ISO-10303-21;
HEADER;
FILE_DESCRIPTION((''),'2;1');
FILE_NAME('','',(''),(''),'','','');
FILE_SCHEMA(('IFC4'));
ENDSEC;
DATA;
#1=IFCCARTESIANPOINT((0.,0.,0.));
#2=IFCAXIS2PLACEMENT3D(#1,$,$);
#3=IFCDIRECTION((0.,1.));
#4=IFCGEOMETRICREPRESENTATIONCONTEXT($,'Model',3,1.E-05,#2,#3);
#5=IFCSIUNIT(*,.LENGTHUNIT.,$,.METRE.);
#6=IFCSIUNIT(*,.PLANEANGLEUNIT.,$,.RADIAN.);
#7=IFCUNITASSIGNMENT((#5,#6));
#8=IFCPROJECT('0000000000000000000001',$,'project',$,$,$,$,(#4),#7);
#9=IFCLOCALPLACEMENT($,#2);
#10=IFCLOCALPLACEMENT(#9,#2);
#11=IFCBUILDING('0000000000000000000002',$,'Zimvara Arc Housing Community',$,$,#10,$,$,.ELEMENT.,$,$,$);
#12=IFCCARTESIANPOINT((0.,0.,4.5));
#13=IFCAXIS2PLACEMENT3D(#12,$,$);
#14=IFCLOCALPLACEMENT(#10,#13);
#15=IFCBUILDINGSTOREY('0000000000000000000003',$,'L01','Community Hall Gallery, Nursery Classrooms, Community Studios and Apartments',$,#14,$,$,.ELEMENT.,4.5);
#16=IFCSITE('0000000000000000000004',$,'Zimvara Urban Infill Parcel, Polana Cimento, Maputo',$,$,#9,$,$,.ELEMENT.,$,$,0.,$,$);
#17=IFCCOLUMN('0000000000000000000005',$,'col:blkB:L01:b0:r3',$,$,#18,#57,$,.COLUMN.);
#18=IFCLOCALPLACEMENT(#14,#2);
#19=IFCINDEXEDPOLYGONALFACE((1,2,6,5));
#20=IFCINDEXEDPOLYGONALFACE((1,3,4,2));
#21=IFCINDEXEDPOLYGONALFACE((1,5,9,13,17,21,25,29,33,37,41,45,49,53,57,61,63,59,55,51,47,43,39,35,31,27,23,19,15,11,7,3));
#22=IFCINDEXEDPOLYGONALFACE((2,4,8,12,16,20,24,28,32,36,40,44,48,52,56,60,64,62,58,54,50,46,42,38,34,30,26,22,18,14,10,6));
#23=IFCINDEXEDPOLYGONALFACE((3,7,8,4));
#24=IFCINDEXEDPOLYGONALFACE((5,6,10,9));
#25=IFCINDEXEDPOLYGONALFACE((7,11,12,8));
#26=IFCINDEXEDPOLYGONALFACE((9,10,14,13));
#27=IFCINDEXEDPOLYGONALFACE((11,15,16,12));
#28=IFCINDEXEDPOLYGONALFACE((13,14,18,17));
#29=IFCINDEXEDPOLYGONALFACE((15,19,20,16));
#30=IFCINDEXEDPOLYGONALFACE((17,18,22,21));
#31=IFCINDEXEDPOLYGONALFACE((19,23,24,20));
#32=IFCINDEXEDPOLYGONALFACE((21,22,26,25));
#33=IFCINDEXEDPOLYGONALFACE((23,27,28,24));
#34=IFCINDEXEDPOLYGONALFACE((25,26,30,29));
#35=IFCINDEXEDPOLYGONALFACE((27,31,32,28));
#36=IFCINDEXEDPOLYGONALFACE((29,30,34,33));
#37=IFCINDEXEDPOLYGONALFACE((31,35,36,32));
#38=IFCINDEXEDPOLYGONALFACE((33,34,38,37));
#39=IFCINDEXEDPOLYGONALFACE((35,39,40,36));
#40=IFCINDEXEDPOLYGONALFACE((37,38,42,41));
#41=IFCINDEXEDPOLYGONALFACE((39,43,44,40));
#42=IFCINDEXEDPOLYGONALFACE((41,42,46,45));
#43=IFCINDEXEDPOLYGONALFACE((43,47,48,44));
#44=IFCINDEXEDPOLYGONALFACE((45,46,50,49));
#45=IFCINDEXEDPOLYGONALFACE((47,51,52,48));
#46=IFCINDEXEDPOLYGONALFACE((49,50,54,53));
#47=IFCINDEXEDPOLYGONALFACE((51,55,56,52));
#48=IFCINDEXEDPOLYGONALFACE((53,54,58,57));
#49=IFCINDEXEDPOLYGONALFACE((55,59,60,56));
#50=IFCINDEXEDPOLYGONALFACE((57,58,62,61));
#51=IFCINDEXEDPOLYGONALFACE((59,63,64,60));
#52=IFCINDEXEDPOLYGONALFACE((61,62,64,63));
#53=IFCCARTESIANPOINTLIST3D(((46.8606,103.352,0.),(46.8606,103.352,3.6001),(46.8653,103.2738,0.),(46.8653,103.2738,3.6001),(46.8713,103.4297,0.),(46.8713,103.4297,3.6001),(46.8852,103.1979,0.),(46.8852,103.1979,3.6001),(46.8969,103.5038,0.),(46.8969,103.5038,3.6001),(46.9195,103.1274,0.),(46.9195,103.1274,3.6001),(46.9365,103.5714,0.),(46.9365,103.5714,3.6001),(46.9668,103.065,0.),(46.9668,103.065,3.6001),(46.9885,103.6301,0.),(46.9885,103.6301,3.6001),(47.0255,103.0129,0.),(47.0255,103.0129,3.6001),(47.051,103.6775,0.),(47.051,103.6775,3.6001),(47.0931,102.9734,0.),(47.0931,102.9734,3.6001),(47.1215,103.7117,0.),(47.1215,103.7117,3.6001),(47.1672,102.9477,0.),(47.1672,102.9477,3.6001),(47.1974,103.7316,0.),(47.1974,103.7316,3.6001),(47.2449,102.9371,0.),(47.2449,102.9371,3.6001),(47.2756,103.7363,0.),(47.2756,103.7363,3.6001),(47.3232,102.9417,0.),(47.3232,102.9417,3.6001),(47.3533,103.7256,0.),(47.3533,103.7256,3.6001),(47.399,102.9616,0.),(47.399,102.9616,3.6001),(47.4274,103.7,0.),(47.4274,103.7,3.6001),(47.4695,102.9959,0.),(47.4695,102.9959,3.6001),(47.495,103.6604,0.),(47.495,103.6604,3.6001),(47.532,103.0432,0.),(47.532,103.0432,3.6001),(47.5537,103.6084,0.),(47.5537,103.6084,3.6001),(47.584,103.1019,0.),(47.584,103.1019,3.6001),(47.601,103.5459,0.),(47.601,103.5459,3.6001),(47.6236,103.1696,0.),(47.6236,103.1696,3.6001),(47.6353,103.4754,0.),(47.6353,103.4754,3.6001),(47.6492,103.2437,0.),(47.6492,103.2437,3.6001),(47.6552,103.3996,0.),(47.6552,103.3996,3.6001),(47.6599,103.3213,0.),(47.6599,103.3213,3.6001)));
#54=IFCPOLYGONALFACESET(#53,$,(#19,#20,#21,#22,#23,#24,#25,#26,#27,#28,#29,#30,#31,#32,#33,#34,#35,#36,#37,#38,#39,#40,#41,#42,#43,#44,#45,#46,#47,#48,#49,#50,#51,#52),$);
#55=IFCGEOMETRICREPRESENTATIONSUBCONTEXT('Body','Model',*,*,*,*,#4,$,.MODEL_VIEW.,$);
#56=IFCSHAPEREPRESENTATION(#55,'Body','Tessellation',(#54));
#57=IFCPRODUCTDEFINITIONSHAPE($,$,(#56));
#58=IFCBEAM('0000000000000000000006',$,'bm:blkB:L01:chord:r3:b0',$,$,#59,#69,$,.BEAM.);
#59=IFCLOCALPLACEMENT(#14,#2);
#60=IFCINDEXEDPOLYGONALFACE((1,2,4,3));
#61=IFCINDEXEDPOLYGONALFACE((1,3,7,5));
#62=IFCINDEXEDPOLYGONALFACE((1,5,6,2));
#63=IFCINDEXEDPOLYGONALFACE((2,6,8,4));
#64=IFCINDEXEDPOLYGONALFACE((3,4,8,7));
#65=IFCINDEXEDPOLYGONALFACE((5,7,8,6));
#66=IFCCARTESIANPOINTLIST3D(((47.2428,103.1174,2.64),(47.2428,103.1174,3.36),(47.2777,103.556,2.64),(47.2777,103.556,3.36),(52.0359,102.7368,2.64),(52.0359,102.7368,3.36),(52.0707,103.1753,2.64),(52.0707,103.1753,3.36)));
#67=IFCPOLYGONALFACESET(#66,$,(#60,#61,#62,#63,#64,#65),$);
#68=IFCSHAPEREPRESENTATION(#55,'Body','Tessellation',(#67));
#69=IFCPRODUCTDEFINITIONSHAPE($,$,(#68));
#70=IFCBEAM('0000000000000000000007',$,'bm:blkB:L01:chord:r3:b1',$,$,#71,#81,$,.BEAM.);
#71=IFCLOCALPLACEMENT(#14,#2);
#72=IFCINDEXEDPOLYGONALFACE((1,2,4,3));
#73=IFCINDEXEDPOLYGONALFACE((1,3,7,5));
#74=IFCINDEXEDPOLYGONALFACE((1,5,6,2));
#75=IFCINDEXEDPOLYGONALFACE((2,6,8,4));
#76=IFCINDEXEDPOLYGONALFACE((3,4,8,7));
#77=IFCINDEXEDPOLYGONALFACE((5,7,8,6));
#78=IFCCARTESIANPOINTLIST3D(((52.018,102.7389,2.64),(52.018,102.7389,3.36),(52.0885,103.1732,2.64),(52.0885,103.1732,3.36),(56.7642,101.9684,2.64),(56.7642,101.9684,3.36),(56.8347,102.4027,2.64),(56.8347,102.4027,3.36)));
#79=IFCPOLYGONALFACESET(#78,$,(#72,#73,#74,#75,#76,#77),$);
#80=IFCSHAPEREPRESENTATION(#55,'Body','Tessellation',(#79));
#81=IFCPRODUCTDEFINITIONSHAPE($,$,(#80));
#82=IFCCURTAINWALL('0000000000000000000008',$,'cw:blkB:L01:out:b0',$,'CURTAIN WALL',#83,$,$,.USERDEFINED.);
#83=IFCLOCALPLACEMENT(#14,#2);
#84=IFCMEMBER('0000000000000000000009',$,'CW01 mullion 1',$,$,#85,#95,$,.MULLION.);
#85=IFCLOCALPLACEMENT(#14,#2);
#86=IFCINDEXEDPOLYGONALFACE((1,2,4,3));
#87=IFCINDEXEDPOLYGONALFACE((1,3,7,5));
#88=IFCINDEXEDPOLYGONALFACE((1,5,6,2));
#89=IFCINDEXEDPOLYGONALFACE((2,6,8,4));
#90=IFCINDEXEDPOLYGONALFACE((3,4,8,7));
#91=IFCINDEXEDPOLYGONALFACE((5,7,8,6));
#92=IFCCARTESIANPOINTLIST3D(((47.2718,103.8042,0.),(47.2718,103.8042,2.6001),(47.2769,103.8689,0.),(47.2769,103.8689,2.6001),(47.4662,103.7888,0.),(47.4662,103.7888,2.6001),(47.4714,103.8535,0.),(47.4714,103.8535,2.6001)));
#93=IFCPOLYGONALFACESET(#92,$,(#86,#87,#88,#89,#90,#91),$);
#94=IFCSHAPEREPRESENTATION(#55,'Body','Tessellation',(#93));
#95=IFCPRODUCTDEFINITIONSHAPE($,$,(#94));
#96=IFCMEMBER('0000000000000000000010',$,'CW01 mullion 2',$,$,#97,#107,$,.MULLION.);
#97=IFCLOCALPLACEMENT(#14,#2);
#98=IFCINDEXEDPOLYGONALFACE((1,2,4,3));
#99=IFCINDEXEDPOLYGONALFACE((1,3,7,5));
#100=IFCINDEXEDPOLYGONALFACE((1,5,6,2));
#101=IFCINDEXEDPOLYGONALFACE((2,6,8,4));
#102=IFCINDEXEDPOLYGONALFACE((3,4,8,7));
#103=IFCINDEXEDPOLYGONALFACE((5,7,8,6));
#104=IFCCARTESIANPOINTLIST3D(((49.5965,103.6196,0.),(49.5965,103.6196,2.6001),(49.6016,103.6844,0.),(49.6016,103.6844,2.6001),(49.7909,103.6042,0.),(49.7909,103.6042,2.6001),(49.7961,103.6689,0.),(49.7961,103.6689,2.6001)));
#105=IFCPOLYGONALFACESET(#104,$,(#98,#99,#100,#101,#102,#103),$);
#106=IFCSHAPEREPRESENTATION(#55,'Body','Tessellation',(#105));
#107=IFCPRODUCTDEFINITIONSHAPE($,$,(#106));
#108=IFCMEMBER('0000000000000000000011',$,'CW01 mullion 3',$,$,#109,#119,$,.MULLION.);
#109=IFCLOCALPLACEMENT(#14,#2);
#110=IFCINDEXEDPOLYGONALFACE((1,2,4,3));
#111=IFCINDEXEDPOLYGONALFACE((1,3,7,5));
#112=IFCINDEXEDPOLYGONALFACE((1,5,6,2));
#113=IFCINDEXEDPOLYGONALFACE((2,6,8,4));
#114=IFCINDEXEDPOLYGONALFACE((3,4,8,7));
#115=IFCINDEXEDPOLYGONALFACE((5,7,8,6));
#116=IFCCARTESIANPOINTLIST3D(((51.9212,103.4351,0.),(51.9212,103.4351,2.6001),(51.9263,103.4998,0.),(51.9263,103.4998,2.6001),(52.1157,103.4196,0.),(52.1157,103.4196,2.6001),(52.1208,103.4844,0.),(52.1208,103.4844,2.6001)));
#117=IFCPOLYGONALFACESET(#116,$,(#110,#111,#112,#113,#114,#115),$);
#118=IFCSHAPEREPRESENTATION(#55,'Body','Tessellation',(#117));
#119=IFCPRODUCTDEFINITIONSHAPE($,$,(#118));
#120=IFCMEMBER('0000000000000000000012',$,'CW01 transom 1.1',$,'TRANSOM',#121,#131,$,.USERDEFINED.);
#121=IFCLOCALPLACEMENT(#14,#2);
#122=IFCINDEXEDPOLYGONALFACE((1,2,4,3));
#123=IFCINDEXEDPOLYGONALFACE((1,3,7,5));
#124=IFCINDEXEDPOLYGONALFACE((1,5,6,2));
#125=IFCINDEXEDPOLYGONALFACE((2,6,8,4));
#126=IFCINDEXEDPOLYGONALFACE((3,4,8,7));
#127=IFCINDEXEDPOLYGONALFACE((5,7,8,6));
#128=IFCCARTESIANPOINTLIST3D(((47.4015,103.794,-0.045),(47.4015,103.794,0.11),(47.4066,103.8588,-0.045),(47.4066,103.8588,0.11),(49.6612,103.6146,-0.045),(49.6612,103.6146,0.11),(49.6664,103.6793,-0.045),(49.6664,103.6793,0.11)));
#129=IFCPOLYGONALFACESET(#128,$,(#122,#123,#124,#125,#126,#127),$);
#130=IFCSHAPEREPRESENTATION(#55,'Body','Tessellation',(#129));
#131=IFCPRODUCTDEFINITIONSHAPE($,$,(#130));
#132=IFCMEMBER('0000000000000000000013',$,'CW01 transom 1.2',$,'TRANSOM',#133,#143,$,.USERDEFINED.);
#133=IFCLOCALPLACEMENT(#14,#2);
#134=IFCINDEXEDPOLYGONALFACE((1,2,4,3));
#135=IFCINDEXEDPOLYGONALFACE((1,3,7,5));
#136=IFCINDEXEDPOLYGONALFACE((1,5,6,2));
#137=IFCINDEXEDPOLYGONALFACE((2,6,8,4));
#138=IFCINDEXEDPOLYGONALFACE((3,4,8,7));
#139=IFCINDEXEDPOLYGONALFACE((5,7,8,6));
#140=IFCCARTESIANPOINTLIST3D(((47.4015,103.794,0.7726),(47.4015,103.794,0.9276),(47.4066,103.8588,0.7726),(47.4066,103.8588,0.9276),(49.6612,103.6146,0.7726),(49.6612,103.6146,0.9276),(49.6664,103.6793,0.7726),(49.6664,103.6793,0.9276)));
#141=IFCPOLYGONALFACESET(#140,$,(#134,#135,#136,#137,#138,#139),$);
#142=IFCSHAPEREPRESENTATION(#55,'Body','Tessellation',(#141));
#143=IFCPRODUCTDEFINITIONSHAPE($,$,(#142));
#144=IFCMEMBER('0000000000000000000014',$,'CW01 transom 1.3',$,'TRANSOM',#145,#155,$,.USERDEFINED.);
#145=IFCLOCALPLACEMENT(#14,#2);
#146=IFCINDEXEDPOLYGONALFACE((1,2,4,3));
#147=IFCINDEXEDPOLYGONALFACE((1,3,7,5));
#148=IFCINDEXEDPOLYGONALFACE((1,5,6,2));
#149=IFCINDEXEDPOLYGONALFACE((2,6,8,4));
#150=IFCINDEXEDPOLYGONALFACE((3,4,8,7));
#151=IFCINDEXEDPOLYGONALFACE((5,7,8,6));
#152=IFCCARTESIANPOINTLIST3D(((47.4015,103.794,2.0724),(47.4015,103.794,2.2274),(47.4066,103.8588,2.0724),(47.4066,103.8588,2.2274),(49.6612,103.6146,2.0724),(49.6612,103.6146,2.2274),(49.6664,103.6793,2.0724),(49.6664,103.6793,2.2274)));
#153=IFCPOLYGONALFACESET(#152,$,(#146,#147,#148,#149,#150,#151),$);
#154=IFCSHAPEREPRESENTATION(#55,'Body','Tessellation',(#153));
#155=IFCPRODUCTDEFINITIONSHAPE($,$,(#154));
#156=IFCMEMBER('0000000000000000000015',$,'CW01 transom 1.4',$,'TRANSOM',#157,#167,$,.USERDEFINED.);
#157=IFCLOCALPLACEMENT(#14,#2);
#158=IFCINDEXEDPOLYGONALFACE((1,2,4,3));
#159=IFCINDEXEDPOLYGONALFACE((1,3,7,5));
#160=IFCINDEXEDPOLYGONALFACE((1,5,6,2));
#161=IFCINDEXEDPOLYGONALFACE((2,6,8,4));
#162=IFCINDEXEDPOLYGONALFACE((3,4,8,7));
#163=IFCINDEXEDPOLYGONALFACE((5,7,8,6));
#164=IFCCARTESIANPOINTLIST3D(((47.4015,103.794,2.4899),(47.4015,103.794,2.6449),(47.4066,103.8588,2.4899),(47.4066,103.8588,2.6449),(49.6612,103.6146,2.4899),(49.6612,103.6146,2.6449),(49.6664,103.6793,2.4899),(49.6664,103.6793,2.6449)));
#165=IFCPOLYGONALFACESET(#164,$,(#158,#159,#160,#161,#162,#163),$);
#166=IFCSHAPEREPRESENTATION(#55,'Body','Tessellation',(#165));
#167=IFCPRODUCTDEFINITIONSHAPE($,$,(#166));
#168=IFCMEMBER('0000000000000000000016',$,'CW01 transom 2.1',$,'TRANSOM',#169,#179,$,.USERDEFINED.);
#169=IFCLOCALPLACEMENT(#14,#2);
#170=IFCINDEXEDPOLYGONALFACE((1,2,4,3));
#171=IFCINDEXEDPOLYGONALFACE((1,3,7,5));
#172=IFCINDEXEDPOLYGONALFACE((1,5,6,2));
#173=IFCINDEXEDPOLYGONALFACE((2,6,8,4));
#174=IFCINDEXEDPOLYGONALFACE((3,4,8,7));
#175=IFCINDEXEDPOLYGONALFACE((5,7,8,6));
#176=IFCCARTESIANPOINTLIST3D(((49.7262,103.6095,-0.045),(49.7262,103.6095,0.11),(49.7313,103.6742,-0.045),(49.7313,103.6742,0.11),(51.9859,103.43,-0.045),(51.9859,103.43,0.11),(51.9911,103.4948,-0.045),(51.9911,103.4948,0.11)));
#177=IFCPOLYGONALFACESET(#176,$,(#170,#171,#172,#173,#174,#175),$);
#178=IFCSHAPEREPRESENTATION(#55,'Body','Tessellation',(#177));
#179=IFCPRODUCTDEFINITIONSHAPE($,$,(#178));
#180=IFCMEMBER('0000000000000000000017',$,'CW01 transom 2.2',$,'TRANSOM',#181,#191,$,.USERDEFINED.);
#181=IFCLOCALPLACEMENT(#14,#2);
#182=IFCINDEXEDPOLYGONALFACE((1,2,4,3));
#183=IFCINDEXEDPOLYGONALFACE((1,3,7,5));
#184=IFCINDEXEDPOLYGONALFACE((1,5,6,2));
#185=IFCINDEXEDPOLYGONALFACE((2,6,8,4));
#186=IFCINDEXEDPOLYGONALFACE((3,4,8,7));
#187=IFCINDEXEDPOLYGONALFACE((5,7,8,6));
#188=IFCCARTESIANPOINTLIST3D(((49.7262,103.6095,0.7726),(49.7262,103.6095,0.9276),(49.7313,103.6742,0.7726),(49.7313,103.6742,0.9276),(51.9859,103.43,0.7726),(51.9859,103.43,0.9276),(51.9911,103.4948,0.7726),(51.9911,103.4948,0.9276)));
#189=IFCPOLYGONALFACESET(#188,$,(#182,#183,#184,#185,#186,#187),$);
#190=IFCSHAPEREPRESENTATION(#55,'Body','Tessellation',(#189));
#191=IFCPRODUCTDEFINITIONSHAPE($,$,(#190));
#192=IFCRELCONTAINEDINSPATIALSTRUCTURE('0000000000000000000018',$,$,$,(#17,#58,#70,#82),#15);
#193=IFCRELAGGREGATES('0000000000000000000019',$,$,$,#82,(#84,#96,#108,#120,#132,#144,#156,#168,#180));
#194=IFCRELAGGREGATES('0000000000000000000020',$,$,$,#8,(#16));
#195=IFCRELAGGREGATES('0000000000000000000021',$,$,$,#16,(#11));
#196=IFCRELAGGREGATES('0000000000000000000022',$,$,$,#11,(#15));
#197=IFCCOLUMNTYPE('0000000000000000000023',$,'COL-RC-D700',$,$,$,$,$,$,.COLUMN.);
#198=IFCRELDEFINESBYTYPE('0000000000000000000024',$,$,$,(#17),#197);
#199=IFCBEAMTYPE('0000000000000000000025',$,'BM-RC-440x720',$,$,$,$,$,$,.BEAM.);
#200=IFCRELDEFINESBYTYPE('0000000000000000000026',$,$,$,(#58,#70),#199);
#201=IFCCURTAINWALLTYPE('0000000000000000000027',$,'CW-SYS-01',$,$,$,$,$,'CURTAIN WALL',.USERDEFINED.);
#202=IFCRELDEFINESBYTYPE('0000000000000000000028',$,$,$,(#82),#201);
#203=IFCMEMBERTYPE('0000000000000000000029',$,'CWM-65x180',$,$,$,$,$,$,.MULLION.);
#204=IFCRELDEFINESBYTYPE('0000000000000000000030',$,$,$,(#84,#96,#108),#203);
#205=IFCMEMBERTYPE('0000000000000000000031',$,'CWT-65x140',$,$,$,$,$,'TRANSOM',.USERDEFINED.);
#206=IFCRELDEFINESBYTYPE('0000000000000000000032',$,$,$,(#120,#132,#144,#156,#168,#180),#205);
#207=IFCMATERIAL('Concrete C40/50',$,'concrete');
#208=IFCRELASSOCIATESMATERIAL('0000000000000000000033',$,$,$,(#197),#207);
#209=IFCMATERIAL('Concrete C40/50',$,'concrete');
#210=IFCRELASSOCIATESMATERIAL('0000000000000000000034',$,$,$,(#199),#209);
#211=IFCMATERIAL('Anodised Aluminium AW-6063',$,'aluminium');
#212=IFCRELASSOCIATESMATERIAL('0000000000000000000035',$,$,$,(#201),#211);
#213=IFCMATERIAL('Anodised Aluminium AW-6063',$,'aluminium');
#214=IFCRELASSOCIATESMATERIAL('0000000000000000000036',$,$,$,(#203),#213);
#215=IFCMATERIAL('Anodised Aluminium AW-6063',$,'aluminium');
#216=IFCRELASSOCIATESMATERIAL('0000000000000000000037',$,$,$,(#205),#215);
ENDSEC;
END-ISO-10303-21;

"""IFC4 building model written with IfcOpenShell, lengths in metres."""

from ifc_helpers import new_model, si_unit, direction, frame, origin, origin_2d, place, context, subcontext, project, spatial, rectangle, circle, extrude, material, material_profile, profile_set, type_object, element, aggregate, save


model = new_model("IFC4")

# Units and contexts
model_context = context("Model", 3, precision=1e-05, world=origin(), true_north=direction((0.0, 1.0)))
body_context = subcontext(model_context, "Body", "Model", "MODEL_VIEW")
ifc_project = project(units=[si_unit("LENGTHUNIT", "METRE"), si_unit("PLANEANGLEUNIT", "RADIAN")], contexts=[model_context])

# Site, building, storey
site_placement = place(None, origin())
site = spatial("IfcSite", under=ifc_project, at=site_placement, Name="Zimvara Urban Infill Parcel, Polana Cimento, Maputo", CompositionType="ELEMENT", RefElevation=0.0)
building_placement = place(site_placement, origin())
building = spatial("IfcBuilding", under=site, at=building_placement, Name="Zimvara Arc Housing Community", CompositionType="ELEMENT")
storey_placement = place(building_placement, frame((0.0, 0.0, 4.5)))
storey = spatial("IfcBuildingStorey", under=building, at=storey_placement, Name="L01", Description="Community Hall Gallery, Nursery Classrooms, Community Studios and Apartments", CompositionType="ELEMENT", Elevation=4.5)

# Column
ifc_material_1 = material(Name="Concrete C40/50", Category="concrete")
ifc_material_profile_1 = material_profile(ifc_material_1, circle(Radius=0.3999, at=origin_2d()), Name="RC D800")
ifc_profile_set_1 = profile_set([ifc_material_profile_1], Name="Concrete C40/50")
column_type = type_object("IfcColumnType", Name="COL-RC-D700", PredefinedType="COLUMN", material=ifc_profile_set_1)
column_placement = place(storey_placement, frame((47.2603, 103.3367, 0.0), z_axis=(0.0, 0.0, 1.0), x_axis=(0.038388, 0.999263, 0.0)))
element("IfcColumn", 1, at=column_placement, inside=storey, type_object=column_type, Name="col:blkB:L01:b0:r3", PredefinedType="COLUMN", context=body_context, shape_type="SweptSolid", body=[
    extrude(circle(Radius=0.3999, at=origin_2d()), origin(), (0.0, 0.0, 1.0), 3.6001),
])

# Beams
ifc_material_2 = material(Name="Concrete C40/50", Category="concrete")
ifc_material_profile_2 = material_profile(ifc_material_2, rectangle(XDim=0.4399, YDim=0.72, at=origin_2d()), Name="RC 440x720")
ifc_profile_set_2 = profile_set([ifc_material_profile_2], Name="Concrete C40/50")
beam_type = type_object("IfcBeamType", Name="BM-RC-440x720", PredefinedType="BEAM", material=ifc_profile_set_2)
beam_1_placement = place(storey_placement, frame((47.2603, 103.3367, 3.0), z_axis=(0.996862, -0.079162, 0.0), x_axis=(0.079162, 0.996862, 0.0)))
element("IfcBeam", 2, at=beam_1_placement, inside=storey, type_object=beam_type, Name="bm:blkB:L01:chord:r3:b0", PredefinedType="BEAM", context=body_context, shape_type="SweptSolid", body=[
    extrude(rectangle(XDim=0.4399, YDim=0.72, at=origin_2d()), origin(), (0.0, 0.0, 1.0), 4.8081),
])
beam_2_placement = place(storey_placement, frame((52.0532, 102.9561, 3.0), z_axis=(0.987077, -0.160248, 0.0), x_axis=(0.160248, 0.987077, 0.0)))
element("IfcBeam", 3, at=beam_2_placement, inside=storey, type_object=beam_type, Name="bm:blkB:L01:chord:r3:b1", PredefinedType="BEAM", context=body_context, shape_type="SweptSolid", body=[
    extrude(rectangle(XDim=0.4399, YDim=0.72, at=origin_2d()), origin(), (0.0, 0.0, 1.0), 4.8083),
])

# Curtain wall, members
ifc_material_3 = material(Name="Anodised Aluminium AW-6063", Category="aluminium")
curtain_wall_type = type_object("IfcCurtainWallType", Name="CW-SYS-01", ElementType="CURTAIN WALL", PredefinedType="USERDEFINED", material=ifc_material_3)
curtain_wall_placement = place(storey_placement, origin())
curtain_wall = element("IfcCurtainWall", 4, at=curtain_wall_placement, inside=storey, type_object=curtain_wall_type, Name="cw:blkB:L01:out:b0", ObjectType="CURTAIN WALL", PredefinedType="USERDEFINED")
ifc_material_4 = material(Name="Anodised Aluminium AW-6063", Category="aluminium")
ifc_material_profile_3 = material_profile(ifc_material_4, rectangle(XDim=0.0649, YDim=0.1951, at=origin_2d()), Name="ALU 65x195")
ifc_profile_set_3 = profile_set([ifc_material_profile_3], Name="Anodised Aluminium AW-6063")
member_type_1 = type_object("IfcMemberType", Name="CWM-65x180", PredefinedType="MULLION", material=ifc_profile_set_3)
member_1_placement = place(storey_placement, frame((47.3716, 103.8289, 0.0), z_axis=(0.0, 0.0, 1.0), x_axis=(0.079154, 0.996862, 0.0)))
member_1 = element("IfcMember", 5, at=member_1_placement, type_object=member_type_1, Name="CW01 mullion 1", PredefinedType="MULLION", context=body_context, shape_type="SweptSolid", body=[
    extrude(rectangle(XDim=0.0649, YDim=0.1951, at=origin_2d()), origin(), (0.0, 0.0, 1.0), 2.6001),
])
member_2_placement = place(storey_placement, frame((49.6963, 103.6443, 0.0), z_axis=(0.0, 0.0, 1.0), x_axis=(0.079154, 0.996862, 0.0)))
member_2 = element("IfcMember", 6, at=member_2_placement, type_object=member_type_1, Name="CW01 mullion 2", PredefinedType="MULLION", context=body_context, shape_type="SweptSolid", body=[
    extrude(rectangle(XDim=0.0649, YDim=0.1951, at=origin_2d()), origin(), (0.0, 0.0, 1.0), 2.6001),
])
member_3_placement = place(storey_placement, frame((52.021, 103.4597, 0.0), z_axis=(0.0, 0.0, 1.0), x_axis=(0.079154, 0.996862, 0.0)))
member_3 = element("IfcMember", 7, at=member_3_placement, type_object=member_type_1, Name="CW01 mullion 3", PredefinedType="MULLION", context=body_context, shape_type="SweptSolid", body=[
    extrude(rectangle(XDim=0.0649, YDim=0.1951, at=origin_2d()), origin(), (0.0, 0.0, 1.0), 2.6001),
])
ifc_material_5 = material(Name="Anodised Aluminium AW-6063", Category="aluminium")
ifc_material_profile_4 = material_profile(ifc_material_5, rectangle(XDim=0.0649, YDim=0.155, at=origin_2d()), Name="ALU 65x155")
ifc_profile_set_4 = profile_set([ifc_material_profile_4], Name="Anodised Aluminium AW-6063")
member_type_2 = type_object("IfcMemberType", Name="CWT-65x140", ElementType="TRANSOM", PredefinedType="USERDEFINED", material=ifc_profile_set_4)
member_4_placement = place(storey_placement, frame((47.4041, 103.8264, 0.0325), z_axis=(0.996862, -0.079159, 0.0), x_axis=(0.079159, 0.996862, 0.0)))
member_4 = element("IfcMember", 8, at=member_4_placement, type_object=member_type_2, Name="CW01 transom 1.1", ObjectType="TRANSOM", PredefinedType="USERDEFINED", context=body_context, shape_type="SweptSolid", body=[
    extrude(rectangle(XDim=0.0649, YDim=0.155, at=origin_2d()), origin(), (0.0, 0.0, 1.0), 2.2668),
])
member_5_placement = place(storey_placement, frame((47.4041, 103.8264, 0.8501), z_axis=(0.996862, -0.079159, 0.0), x_axis=(0.079159, 0.996862, 0.0)))
member_5 = element("IfcMember", 9, at=member_5_placement, type_object=member_type_2, Name="CW01 transom 1.2", ObjectType="TRANSOM", PredefinedType="USERDEFINED", context=body_context, shape_type="SweptSolid", body=[
    extrude(rectangle(XDim=0.0649, YDim=0.155, at=origin_2d()), origin(), (0.0, 0.0, 1.0), 2.2668),
])
member_6_placement = place(storey_placement, frame((47.4041, 103.8264, 2.1499), z_axis=(0.996862, -0.079159, 0.0), x_axis=(0.079159, 0.996862, 0.0)))
member_6 = element("IfcMember", 10, at=member_6_placement, type_object=member_type_2, Name="CW01 transom 1.3", ObjectType="TRANSOM", PredefinedType="USERDEFINED", context=body_context, shape_type="SweptSolid", body=[
    extrude(rectangle(XDim=0.0649, YDim=0.155, at=origin_2d()), origin(), (0.0, 0.0, 1.0), 2.2668),
])
member_7_placement = place(storey_placement, frame((47.4041, 103.8264, 2.5674), z_axis=(0.996862, -0.079159, 0.0), x_axis=(0.079159, 0.996862, 0.0)))
member_7 = element("IfcMember", 11, at=member_7_placement, type_object=member_type_2, Name="CW01 transom 1.4", ObjectType="TRANSOM", PredefinedType="USERDEFINED", context=body_context, shape_type="SweptSolid", body=[
    extrude(rectangle(XDim=0.0649, YDim=0.155, at=origin_2d()), origin(), (0.0, 0.0, 1.0), 2.2668),
])
member_8_placement = place(storey_placement, frame((49.7288, 103.6418, 0.0325), z_axis=(0.996862, -0.079159, 0.0), x_axis=(0.079159, 0.996862, 0.0)))
member_8 = element("IfcMember", 12, at=member_8_placement, type_object=member_type_2, Name="CW01 transom 2.1", ObjectType="TRANSOM", PredefinedType="USERDEFINED", context=body_context, shape_type="SweptSolid", body=[
    extrude(rectangle(XDim=0.0649, YDim=0.155, at=origin_2d()), origin(), (0.0, 0.0, 1.0), 2.2668),
])
member_9_placement = place(storey_placement, frame((49.7288, 103.6418, 0.8501), z_axis=(0.996862, -0.079159, 0.0), x_axis=(0.079159, 0.996862, 0.0)))
member_9 = element("IfcMember", 13, at=member_9_placement, type_object=member_type_2, Name="CW01 transom 2.2", ObjectType="TRANSOM", PredefinedType="USERDEFINED", context=body_context, shape_type="SweptSolid", body=[
    extrude(rectangle(XDim=0.0649, YDim=0.155, at=origin_2d()), origin(), (0.0, 0.0, 1.0), 2.2668),
])
aggregate(curtain_wall, [member_1, member_2, member_3, member_4, member_5, member_6, member_7, member_8, member_9])

save(model, "model.ifc")
